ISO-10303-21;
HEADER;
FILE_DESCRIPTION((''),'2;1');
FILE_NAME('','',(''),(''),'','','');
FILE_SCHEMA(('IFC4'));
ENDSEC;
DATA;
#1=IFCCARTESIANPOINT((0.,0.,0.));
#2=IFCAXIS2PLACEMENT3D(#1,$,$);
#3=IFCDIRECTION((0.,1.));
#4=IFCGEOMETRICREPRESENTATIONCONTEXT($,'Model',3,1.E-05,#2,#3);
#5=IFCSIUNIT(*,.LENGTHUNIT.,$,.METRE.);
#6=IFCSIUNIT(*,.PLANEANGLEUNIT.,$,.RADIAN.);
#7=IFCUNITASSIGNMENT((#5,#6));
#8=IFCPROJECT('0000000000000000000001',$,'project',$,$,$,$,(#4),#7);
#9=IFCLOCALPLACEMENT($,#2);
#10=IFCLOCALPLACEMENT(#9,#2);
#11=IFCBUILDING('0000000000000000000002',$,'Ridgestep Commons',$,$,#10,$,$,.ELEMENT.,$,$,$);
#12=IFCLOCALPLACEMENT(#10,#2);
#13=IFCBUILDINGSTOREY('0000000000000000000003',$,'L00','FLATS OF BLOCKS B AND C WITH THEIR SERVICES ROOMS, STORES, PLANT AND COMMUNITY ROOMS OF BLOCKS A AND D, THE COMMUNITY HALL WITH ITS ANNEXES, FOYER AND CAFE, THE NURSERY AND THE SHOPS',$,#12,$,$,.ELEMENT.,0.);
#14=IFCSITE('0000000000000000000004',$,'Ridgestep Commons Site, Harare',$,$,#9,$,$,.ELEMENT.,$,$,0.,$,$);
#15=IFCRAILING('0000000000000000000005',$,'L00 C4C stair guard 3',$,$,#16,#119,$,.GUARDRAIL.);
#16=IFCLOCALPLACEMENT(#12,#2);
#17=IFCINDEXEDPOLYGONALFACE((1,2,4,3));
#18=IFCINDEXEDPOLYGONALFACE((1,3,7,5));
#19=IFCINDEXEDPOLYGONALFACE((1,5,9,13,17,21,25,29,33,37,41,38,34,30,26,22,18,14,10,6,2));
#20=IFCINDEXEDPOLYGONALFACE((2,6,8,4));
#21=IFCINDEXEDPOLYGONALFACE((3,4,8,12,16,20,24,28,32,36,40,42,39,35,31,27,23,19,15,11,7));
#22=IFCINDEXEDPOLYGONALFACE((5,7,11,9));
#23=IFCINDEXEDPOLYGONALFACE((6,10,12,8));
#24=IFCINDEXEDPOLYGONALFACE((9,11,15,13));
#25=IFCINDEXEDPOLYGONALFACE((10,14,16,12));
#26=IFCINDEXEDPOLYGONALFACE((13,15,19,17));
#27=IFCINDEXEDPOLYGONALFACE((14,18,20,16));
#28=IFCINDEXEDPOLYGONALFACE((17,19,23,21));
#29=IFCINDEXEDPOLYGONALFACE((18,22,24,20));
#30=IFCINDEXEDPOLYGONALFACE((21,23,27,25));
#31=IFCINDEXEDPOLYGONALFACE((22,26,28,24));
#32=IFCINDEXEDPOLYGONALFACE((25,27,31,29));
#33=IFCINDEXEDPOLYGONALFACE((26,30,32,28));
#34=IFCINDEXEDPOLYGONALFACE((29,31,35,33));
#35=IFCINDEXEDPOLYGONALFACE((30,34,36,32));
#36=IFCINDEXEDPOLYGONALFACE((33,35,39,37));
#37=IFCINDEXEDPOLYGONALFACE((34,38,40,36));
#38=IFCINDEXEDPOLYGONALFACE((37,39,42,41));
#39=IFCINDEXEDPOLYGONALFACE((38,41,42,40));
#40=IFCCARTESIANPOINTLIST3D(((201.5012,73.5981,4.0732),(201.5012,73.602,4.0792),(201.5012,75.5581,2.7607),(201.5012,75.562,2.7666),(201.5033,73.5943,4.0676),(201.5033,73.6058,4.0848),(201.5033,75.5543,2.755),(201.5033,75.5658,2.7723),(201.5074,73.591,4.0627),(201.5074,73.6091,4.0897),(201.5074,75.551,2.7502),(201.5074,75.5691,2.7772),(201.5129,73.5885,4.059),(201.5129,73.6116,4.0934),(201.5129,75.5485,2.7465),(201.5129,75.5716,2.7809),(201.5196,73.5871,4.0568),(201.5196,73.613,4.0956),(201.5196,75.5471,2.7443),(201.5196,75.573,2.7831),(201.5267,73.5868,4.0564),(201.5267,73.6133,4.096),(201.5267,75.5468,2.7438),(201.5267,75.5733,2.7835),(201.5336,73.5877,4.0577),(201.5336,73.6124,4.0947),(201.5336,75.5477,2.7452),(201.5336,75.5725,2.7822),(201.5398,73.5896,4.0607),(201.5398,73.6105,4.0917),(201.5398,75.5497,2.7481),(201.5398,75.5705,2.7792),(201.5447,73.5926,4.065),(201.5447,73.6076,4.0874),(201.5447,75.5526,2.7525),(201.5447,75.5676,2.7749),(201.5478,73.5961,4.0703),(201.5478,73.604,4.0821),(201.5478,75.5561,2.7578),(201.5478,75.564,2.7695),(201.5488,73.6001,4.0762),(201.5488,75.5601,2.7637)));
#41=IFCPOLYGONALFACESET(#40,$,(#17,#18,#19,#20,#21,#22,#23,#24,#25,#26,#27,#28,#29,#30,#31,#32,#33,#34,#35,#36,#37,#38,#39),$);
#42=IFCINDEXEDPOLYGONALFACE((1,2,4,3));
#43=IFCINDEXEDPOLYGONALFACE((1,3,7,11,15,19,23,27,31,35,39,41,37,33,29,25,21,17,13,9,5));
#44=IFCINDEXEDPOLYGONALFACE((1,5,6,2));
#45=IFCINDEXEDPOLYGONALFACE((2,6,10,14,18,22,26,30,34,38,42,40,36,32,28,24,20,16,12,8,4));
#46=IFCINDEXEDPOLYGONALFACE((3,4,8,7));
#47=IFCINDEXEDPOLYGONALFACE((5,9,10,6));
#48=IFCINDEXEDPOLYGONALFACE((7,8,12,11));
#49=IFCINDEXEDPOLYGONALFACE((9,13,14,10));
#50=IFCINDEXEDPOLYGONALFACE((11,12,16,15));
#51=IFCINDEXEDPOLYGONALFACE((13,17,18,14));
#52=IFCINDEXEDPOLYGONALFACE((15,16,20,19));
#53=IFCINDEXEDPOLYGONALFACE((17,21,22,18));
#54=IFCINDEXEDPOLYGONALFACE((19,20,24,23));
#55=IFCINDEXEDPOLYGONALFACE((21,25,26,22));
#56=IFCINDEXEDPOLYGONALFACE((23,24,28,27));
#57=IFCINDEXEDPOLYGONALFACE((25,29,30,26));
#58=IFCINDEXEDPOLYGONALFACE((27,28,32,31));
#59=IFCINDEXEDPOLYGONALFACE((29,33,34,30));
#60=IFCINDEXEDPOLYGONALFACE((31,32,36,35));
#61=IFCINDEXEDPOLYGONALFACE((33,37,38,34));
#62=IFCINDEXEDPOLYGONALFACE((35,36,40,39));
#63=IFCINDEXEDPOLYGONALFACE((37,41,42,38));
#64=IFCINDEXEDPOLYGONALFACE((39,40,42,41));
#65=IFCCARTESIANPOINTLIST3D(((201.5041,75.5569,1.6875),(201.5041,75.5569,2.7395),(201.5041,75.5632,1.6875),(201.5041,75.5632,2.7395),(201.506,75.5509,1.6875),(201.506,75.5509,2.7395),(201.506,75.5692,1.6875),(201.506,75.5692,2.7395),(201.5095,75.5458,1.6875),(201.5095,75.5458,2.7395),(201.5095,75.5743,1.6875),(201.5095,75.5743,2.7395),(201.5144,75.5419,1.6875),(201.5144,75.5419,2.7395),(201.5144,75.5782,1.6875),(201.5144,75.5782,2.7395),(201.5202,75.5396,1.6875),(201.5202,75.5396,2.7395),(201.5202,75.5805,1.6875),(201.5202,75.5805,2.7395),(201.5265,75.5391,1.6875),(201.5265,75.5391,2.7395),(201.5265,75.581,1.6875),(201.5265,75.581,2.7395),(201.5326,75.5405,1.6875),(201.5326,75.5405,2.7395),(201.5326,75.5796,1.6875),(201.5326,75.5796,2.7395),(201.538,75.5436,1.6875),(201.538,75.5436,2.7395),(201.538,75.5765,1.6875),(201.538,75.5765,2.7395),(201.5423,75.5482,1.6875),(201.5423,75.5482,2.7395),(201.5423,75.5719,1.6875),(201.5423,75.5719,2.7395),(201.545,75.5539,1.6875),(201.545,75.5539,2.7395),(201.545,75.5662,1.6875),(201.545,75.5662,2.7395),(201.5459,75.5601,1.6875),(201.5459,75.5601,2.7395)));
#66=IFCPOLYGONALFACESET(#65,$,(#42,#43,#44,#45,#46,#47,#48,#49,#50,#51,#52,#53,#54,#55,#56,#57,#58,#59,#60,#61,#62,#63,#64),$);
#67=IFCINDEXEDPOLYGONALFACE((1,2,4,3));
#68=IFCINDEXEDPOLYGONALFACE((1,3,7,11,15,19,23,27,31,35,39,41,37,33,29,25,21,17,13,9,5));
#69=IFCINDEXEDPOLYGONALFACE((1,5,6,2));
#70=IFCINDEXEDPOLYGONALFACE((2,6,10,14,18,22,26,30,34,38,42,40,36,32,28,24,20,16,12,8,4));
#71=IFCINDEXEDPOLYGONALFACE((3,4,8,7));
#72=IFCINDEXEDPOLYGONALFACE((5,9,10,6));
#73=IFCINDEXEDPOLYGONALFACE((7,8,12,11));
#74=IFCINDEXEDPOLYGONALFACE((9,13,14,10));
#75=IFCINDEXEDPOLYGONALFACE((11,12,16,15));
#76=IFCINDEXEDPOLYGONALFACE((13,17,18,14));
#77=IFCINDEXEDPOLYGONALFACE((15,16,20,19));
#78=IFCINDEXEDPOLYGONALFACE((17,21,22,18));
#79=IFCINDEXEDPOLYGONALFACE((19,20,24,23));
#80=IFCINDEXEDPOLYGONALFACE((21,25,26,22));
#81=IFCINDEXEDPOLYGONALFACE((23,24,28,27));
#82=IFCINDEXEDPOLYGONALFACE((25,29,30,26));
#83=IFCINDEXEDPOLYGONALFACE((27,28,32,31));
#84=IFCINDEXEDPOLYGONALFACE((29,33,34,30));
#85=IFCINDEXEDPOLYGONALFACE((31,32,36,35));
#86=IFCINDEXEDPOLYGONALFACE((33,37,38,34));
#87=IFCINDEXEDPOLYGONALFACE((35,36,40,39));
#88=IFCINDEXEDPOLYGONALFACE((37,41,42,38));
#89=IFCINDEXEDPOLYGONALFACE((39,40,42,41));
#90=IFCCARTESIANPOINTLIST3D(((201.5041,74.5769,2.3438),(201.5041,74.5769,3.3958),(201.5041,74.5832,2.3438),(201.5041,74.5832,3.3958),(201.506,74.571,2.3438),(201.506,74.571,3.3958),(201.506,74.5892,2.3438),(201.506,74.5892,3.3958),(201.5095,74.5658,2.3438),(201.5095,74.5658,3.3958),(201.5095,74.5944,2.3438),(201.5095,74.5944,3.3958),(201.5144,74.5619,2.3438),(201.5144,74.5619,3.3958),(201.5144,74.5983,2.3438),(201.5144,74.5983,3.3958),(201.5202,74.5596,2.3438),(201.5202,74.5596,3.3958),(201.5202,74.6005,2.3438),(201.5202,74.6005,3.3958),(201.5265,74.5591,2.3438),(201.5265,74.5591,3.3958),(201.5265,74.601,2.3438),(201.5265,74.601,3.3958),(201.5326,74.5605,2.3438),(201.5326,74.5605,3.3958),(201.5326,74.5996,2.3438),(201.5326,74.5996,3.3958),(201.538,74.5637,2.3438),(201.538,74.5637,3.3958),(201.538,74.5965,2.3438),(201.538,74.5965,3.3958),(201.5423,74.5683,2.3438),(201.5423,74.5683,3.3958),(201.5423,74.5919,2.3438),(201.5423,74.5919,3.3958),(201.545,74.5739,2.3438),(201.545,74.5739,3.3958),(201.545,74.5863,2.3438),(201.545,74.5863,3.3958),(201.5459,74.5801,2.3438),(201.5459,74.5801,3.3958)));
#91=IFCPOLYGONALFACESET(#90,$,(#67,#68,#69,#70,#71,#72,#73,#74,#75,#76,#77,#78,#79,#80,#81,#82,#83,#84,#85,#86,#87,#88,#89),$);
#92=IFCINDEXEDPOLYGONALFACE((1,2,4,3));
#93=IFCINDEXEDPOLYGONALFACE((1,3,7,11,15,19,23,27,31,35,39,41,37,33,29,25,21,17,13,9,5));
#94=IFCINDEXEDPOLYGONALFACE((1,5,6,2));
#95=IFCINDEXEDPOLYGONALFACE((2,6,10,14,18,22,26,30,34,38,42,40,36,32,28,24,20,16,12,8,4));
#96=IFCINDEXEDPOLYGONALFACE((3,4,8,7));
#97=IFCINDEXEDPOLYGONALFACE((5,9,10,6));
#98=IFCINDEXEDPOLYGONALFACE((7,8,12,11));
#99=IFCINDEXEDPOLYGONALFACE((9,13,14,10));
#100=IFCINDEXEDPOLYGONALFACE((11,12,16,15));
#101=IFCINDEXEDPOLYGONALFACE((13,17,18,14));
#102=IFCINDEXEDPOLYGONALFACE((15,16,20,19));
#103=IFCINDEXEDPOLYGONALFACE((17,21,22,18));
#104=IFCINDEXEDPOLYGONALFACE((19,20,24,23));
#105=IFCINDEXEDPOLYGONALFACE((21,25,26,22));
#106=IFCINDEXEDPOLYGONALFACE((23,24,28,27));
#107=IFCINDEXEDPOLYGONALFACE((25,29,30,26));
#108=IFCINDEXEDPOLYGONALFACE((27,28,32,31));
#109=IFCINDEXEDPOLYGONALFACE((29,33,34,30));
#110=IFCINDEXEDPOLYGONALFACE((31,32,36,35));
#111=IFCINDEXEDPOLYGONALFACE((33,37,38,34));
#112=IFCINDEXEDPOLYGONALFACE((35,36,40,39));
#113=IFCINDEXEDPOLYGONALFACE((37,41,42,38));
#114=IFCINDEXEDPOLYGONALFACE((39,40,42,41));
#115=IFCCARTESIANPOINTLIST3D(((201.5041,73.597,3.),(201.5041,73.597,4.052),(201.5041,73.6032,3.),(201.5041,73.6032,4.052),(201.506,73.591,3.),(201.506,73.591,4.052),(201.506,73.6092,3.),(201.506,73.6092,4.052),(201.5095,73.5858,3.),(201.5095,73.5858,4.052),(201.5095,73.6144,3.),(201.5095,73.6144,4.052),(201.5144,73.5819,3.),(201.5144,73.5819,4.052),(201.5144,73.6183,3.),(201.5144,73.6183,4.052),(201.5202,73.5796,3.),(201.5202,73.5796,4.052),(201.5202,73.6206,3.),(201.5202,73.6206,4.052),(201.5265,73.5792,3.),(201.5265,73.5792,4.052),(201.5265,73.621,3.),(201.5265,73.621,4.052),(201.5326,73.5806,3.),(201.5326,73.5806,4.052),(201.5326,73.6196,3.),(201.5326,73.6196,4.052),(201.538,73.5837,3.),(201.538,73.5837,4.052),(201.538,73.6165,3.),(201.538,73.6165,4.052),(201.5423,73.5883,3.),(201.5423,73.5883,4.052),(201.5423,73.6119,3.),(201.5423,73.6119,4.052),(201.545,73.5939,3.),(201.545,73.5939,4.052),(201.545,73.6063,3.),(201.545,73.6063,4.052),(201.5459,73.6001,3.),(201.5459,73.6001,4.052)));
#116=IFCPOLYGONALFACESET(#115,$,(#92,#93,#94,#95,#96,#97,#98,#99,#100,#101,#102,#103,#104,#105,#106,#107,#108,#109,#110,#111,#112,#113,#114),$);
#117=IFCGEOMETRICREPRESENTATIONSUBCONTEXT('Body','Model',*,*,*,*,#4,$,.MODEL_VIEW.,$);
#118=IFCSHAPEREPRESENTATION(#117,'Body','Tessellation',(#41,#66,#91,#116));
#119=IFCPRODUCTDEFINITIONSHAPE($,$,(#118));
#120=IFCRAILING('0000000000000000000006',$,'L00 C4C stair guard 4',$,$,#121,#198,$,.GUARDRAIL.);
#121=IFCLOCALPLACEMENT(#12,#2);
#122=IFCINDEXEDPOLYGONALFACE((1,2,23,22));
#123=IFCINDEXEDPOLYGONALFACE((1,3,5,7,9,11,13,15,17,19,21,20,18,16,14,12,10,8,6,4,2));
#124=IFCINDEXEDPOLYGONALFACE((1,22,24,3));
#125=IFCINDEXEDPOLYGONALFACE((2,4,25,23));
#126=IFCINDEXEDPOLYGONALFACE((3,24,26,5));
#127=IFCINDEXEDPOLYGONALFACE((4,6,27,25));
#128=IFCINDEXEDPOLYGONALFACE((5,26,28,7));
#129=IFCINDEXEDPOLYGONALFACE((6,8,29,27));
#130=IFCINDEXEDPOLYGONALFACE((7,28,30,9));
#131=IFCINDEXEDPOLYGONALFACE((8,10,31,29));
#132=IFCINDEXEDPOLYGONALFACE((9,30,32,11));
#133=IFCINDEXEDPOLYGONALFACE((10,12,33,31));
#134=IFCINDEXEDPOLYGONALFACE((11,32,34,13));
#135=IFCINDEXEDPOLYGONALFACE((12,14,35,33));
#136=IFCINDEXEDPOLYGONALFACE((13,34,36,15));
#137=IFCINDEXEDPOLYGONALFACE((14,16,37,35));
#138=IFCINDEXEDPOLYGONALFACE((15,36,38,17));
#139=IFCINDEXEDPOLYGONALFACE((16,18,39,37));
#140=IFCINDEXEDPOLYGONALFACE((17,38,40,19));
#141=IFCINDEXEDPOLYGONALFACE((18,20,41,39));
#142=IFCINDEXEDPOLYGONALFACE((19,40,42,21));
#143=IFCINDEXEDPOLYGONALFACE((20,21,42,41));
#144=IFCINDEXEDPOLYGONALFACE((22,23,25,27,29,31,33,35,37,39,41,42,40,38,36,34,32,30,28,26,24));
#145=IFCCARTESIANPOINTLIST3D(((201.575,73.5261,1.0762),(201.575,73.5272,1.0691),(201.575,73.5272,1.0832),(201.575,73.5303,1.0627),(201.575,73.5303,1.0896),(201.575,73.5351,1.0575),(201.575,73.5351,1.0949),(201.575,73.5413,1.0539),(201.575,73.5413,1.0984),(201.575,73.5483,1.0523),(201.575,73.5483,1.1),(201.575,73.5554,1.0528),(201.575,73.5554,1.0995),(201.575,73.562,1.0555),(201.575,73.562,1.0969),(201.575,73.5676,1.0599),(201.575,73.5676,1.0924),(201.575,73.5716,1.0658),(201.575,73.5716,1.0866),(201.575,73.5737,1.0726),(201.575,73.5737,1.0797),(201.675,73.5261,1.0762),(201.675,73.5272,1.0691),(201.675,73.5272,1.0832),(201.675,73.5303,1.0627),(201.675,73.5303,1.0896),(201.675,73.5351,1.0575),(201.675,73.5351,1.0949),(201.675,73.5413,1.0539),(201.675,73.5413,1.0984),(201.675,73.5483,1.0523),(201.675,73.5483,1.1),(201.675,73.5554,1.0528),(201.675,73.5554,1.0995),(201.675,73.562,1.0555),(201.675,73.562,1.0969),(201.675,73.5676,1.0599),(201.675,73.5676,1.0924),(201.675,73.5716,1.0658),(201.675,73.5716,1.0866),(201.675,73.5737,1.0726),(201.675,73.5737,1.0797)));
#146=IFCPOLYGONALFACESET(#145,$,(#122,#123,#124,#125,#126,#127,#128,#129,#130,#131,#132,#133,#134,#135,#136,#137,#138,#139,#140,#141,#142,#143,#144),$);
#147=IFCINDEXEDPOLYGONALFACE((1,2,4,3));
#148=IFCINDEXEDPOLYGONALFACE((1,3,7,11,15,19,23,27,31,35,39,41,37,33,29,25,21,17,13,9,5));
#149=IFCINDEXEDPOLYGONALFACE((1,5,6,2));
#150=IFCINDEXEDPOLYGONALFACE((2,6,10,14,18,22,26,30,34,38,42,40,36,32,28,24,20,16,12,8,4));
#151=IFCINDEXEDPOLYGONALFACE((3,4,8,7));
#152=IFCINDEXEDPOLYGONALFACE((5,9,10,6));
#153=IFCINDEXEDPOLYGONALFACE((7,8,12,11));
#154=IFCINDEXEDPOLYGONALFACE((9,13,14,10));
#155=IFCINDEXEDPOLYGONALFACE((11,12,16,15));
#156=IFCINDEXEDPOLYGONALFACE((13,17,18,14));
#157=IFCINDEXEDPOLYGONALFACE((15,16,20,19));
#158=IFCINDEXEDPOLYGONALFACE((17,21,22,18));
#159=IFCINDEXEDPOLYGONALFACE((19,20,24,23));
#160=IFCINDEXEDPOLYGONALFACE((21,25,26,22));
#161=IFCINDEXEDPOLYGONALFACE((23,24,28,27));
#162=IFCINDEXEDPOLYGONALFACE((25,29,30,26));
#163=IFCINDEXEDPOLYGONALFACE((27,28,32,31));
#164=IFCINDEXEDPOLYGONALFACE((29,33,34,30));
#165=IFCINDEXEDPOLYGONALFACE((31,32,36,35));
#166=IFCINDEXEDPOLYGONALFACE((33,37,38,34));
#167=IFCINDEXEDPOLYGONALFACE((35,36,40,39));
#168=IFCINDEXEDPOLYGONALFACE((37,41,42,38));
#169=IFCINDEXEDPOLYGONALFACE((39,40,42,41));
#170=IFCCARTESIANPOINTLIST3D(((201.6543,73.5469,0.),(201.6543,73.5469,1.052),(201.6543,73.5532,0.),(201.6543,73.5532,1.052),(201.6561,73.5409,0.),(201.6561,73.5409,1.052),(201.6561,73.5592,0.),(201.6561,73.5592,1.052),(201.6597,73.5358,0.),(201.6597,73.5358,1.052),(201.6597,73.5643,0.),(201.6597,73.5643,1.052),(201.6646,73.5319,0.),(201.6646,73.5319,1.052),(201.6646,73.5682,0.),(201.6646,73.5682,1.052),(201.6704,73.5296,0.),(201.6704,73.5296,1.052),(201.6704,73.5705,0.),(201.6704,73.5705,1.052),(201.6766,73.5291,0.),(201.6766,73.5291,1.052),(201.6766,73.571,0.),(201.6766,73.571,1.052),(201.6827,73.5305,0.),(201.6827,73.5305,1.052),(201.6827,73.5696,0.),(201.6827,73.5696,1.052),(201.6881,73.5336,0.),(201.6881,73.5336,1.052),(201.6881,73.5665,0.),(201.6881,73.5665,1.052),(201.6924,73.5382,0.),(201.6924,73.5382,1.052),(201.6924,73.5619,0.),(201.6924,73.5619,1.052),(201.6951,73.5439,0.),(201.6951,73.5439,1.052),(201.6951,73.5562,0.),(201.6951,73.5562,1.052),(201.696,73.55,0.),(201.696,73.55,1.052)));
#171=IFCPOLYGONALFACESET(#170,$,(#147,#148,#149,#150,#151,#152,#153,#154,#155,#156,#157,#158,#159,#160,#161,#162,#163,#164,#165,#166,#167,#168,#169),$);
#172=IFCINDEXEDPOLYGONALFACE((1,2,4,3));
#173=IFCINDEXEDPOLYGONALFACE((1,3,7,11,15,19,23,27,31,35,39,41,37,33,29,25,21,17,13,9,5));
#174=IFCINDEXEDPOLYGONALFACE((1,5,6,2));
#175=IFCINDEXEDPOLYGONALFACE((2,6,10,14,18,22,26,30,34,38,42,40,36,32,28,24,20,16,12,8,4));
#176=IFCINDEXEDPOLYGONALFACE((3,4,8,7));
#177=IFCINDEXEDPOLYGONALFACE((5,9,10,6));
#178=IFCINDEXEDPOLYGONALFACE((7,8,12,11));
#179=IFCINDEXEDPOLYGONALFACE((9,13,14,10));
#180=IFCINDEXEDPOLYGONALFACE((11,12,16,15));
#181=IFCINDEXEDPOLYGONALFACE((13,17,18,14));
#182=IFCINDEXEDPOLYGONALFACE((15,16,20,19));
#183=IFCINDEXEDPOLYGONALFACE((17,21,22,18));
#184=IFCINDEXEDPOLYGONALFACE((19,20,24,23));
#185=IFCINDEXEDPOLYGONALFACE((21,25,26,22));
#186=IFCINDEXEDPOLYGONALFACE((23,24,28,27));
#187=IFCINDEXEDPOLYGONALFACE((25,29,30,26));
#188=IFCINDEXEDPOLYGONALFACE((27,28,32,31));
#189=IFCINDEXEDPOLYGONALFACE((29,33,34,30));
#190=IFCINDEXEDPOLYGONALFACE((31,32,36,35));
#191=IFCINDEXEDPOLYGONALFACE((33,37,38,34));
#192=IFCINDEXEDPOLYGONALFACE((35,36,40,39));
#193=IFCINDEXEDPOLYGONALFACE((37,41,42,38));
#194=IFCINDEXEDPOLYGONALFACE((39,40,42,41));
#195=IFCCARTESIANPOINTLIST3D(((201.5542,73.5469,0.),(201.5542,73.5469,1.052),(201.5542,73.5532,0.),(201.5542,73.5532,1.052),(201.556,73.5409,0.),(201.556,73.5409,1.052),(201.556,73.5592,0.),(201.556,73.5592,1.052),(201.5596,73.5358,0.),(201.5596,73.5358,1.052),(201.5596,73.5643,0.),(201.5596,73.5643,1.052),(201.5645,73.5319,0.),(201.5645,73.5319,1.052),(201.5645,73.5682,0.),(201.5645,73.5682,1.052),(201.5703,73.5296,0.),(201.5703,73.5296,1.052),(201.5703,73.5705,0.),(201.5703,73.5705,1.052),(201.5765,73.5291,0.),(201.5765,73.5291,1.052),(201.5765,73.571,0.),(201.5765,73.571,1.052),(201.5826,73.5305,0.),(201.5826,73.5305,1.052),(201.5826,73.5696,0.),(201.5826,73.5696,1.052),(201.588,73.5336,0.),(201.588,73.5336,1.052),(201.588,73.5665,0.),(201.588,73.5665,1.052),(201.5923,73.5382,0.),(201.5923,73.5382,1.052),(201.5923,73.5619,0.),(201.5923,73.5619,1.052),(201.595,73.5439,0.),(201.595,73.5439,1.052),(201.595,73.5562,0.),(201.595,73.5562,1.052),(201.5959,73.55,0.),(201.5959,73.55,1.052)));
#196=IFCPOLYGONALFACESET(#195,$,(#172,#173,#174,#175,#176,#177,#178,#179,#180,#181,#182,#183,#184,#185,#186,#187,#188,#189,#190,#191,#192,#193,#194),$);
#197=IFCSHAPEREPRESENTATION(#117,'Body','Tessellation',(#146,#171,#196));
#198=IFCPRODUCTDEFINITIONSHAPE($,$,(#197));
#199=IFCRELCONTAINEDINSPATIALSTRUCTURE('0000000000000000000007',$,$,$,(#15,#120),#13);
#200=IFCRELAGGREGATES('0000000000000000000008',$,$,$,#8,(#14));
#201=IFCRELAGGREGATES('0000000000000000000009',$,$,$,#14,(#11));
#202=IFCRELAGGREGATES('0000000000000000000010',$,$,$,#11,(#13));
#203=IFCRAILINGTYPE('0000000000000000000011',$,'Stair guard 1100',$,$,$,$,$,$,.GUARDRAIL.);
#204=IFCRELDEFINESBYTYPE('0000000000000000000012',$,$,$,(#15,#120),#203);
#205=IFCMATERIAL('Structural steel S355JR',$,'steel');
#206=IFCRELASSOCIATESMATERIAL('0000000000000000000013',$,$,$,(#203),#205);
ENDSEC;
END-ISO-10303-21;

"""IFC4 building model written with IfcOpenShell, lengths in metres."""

from ifc_helpers import new_model, si_unit, direction, frame, origin, origin_2d, place, context, subcontext, project, spatial, circle, extrude, material, type_object, element, save


model = new_model("IFC4")

# Units and contexts
model_context = context("Model", 3, precision=1e-05, world=origin(), true_north=direction((0.0, 1.0)))
body_context = subcontext(model_context, "Body", "Model", "MODEL_VIEW")
ifc_project = project(units=[si_unit("LENGTHUNIT", "METRE"), si_unit("PLANEANGLEUNIT", "RADIAN")], contexts=[model_context])

# Site, building, storey
site_placement = place(None, origin())
site = spatial("IfcSite", under=ifc_project, at=site_placement, Name="Ridgestep Commons Site, Harare", CompositionType="ELEMENT", RefElevation=0.0)
building_placement = place(site_placement, origin())
building = spatial("IfcBuilding", under=site, at=building_placement, Name="Ridgestep Commons", CompositionType="ELEMENT")
storey_placement = place(building_placement, origin())
storey = spatial("IfcBuildingStorey", under=building, at=storey_placement, Name="L00", Description="FLATS OF BLOCKS B AND C WITH THEIR SERVICES ROOMS, STORES, PLANT AND COMMUNITY ROOMS OF BLOCKS A AND D, THE COMMUNITY HALL WITH ITS ANNEXES, FOYER AND CAFE, THE NURSERY AND THE SHOPS", CompositionType="ELEMENT", Elevation=0.0)

# Railings
ifc_material_1 = material(Name="Structural steel S355JR", Category="steel")
railing_type_1 = type_object("IfcRailingType", Name="Stair guard 1100", PredefinedType="GUARDRAIL", material=ifc_material_1)
railing_1_placement = place(storey_placement, frame((201.5249, 75.5601, 1.6875)))
element("IfcRailing", 1, at=railing_1_placement, inside=storey, type_object=railing_type_1, Name="L00 C4C stair guard 3", PredefinedType="GUARDRAIL", context=body_context, shape_type="SweptSolid", body=[
    extrude(circle(Radius=0.0239, at=origin_2d()), frame((0.0, 0.0, 1.0762), z_axis=(0.0, -0.830902, 0.556419), x_axis=(1.0, 0.0, 0.0)), (0.0, 0.0, 1.0), 2.3589),
    extrude(circle(Radius=0.021, at=origin_2d()), origin(), (0.0, 0.0, 1.0), 1.052),
    extrude(circle(Radius=0.021, at=origin_2d()), frame((0.0, -0.98, 0.6562)), (0.0, 0.0, 1.0), 1.052),
    extrude(circle(Radius=0.021, at=origin_2d()), frame((0.0, -1.96, 1.3125)), (0.0, 0.0, 1.0), 1.052),
])
railing_2_placement = place(storey_placement, frame((201.675, 73.55, 0.0)))
element("IfcRailing", 2, at=railing_2_placement, inside=storey, type_object=railing_type_1, Name="L00 C4C stair guard 4", PredefinedType="GUARDRAIL", context=body_context, shape_type="SweptSolid", body=[
    extrude(circle(Radius=0.0239, at=origin_2d()), frame((0.0, 0.0, 1.0762), z_axis=(-1.0, 0.0, 0.0), x_axis=(0.0, -1.0, 0.0)), (0.0, 0.0, 1.0), 0.1001),
    extrude(circle(Radius=0.021, at=origin_2d()), origin(), (0.0, 0.0, 1.0), 1.052),
    extrude(circle(Radius=0.021, at=origin_2d()), frame((-0.1001, 0.0, 0.0)), (0.0, 0.0, 1.0), 1.052),
])

save(model, "model.ifc")
